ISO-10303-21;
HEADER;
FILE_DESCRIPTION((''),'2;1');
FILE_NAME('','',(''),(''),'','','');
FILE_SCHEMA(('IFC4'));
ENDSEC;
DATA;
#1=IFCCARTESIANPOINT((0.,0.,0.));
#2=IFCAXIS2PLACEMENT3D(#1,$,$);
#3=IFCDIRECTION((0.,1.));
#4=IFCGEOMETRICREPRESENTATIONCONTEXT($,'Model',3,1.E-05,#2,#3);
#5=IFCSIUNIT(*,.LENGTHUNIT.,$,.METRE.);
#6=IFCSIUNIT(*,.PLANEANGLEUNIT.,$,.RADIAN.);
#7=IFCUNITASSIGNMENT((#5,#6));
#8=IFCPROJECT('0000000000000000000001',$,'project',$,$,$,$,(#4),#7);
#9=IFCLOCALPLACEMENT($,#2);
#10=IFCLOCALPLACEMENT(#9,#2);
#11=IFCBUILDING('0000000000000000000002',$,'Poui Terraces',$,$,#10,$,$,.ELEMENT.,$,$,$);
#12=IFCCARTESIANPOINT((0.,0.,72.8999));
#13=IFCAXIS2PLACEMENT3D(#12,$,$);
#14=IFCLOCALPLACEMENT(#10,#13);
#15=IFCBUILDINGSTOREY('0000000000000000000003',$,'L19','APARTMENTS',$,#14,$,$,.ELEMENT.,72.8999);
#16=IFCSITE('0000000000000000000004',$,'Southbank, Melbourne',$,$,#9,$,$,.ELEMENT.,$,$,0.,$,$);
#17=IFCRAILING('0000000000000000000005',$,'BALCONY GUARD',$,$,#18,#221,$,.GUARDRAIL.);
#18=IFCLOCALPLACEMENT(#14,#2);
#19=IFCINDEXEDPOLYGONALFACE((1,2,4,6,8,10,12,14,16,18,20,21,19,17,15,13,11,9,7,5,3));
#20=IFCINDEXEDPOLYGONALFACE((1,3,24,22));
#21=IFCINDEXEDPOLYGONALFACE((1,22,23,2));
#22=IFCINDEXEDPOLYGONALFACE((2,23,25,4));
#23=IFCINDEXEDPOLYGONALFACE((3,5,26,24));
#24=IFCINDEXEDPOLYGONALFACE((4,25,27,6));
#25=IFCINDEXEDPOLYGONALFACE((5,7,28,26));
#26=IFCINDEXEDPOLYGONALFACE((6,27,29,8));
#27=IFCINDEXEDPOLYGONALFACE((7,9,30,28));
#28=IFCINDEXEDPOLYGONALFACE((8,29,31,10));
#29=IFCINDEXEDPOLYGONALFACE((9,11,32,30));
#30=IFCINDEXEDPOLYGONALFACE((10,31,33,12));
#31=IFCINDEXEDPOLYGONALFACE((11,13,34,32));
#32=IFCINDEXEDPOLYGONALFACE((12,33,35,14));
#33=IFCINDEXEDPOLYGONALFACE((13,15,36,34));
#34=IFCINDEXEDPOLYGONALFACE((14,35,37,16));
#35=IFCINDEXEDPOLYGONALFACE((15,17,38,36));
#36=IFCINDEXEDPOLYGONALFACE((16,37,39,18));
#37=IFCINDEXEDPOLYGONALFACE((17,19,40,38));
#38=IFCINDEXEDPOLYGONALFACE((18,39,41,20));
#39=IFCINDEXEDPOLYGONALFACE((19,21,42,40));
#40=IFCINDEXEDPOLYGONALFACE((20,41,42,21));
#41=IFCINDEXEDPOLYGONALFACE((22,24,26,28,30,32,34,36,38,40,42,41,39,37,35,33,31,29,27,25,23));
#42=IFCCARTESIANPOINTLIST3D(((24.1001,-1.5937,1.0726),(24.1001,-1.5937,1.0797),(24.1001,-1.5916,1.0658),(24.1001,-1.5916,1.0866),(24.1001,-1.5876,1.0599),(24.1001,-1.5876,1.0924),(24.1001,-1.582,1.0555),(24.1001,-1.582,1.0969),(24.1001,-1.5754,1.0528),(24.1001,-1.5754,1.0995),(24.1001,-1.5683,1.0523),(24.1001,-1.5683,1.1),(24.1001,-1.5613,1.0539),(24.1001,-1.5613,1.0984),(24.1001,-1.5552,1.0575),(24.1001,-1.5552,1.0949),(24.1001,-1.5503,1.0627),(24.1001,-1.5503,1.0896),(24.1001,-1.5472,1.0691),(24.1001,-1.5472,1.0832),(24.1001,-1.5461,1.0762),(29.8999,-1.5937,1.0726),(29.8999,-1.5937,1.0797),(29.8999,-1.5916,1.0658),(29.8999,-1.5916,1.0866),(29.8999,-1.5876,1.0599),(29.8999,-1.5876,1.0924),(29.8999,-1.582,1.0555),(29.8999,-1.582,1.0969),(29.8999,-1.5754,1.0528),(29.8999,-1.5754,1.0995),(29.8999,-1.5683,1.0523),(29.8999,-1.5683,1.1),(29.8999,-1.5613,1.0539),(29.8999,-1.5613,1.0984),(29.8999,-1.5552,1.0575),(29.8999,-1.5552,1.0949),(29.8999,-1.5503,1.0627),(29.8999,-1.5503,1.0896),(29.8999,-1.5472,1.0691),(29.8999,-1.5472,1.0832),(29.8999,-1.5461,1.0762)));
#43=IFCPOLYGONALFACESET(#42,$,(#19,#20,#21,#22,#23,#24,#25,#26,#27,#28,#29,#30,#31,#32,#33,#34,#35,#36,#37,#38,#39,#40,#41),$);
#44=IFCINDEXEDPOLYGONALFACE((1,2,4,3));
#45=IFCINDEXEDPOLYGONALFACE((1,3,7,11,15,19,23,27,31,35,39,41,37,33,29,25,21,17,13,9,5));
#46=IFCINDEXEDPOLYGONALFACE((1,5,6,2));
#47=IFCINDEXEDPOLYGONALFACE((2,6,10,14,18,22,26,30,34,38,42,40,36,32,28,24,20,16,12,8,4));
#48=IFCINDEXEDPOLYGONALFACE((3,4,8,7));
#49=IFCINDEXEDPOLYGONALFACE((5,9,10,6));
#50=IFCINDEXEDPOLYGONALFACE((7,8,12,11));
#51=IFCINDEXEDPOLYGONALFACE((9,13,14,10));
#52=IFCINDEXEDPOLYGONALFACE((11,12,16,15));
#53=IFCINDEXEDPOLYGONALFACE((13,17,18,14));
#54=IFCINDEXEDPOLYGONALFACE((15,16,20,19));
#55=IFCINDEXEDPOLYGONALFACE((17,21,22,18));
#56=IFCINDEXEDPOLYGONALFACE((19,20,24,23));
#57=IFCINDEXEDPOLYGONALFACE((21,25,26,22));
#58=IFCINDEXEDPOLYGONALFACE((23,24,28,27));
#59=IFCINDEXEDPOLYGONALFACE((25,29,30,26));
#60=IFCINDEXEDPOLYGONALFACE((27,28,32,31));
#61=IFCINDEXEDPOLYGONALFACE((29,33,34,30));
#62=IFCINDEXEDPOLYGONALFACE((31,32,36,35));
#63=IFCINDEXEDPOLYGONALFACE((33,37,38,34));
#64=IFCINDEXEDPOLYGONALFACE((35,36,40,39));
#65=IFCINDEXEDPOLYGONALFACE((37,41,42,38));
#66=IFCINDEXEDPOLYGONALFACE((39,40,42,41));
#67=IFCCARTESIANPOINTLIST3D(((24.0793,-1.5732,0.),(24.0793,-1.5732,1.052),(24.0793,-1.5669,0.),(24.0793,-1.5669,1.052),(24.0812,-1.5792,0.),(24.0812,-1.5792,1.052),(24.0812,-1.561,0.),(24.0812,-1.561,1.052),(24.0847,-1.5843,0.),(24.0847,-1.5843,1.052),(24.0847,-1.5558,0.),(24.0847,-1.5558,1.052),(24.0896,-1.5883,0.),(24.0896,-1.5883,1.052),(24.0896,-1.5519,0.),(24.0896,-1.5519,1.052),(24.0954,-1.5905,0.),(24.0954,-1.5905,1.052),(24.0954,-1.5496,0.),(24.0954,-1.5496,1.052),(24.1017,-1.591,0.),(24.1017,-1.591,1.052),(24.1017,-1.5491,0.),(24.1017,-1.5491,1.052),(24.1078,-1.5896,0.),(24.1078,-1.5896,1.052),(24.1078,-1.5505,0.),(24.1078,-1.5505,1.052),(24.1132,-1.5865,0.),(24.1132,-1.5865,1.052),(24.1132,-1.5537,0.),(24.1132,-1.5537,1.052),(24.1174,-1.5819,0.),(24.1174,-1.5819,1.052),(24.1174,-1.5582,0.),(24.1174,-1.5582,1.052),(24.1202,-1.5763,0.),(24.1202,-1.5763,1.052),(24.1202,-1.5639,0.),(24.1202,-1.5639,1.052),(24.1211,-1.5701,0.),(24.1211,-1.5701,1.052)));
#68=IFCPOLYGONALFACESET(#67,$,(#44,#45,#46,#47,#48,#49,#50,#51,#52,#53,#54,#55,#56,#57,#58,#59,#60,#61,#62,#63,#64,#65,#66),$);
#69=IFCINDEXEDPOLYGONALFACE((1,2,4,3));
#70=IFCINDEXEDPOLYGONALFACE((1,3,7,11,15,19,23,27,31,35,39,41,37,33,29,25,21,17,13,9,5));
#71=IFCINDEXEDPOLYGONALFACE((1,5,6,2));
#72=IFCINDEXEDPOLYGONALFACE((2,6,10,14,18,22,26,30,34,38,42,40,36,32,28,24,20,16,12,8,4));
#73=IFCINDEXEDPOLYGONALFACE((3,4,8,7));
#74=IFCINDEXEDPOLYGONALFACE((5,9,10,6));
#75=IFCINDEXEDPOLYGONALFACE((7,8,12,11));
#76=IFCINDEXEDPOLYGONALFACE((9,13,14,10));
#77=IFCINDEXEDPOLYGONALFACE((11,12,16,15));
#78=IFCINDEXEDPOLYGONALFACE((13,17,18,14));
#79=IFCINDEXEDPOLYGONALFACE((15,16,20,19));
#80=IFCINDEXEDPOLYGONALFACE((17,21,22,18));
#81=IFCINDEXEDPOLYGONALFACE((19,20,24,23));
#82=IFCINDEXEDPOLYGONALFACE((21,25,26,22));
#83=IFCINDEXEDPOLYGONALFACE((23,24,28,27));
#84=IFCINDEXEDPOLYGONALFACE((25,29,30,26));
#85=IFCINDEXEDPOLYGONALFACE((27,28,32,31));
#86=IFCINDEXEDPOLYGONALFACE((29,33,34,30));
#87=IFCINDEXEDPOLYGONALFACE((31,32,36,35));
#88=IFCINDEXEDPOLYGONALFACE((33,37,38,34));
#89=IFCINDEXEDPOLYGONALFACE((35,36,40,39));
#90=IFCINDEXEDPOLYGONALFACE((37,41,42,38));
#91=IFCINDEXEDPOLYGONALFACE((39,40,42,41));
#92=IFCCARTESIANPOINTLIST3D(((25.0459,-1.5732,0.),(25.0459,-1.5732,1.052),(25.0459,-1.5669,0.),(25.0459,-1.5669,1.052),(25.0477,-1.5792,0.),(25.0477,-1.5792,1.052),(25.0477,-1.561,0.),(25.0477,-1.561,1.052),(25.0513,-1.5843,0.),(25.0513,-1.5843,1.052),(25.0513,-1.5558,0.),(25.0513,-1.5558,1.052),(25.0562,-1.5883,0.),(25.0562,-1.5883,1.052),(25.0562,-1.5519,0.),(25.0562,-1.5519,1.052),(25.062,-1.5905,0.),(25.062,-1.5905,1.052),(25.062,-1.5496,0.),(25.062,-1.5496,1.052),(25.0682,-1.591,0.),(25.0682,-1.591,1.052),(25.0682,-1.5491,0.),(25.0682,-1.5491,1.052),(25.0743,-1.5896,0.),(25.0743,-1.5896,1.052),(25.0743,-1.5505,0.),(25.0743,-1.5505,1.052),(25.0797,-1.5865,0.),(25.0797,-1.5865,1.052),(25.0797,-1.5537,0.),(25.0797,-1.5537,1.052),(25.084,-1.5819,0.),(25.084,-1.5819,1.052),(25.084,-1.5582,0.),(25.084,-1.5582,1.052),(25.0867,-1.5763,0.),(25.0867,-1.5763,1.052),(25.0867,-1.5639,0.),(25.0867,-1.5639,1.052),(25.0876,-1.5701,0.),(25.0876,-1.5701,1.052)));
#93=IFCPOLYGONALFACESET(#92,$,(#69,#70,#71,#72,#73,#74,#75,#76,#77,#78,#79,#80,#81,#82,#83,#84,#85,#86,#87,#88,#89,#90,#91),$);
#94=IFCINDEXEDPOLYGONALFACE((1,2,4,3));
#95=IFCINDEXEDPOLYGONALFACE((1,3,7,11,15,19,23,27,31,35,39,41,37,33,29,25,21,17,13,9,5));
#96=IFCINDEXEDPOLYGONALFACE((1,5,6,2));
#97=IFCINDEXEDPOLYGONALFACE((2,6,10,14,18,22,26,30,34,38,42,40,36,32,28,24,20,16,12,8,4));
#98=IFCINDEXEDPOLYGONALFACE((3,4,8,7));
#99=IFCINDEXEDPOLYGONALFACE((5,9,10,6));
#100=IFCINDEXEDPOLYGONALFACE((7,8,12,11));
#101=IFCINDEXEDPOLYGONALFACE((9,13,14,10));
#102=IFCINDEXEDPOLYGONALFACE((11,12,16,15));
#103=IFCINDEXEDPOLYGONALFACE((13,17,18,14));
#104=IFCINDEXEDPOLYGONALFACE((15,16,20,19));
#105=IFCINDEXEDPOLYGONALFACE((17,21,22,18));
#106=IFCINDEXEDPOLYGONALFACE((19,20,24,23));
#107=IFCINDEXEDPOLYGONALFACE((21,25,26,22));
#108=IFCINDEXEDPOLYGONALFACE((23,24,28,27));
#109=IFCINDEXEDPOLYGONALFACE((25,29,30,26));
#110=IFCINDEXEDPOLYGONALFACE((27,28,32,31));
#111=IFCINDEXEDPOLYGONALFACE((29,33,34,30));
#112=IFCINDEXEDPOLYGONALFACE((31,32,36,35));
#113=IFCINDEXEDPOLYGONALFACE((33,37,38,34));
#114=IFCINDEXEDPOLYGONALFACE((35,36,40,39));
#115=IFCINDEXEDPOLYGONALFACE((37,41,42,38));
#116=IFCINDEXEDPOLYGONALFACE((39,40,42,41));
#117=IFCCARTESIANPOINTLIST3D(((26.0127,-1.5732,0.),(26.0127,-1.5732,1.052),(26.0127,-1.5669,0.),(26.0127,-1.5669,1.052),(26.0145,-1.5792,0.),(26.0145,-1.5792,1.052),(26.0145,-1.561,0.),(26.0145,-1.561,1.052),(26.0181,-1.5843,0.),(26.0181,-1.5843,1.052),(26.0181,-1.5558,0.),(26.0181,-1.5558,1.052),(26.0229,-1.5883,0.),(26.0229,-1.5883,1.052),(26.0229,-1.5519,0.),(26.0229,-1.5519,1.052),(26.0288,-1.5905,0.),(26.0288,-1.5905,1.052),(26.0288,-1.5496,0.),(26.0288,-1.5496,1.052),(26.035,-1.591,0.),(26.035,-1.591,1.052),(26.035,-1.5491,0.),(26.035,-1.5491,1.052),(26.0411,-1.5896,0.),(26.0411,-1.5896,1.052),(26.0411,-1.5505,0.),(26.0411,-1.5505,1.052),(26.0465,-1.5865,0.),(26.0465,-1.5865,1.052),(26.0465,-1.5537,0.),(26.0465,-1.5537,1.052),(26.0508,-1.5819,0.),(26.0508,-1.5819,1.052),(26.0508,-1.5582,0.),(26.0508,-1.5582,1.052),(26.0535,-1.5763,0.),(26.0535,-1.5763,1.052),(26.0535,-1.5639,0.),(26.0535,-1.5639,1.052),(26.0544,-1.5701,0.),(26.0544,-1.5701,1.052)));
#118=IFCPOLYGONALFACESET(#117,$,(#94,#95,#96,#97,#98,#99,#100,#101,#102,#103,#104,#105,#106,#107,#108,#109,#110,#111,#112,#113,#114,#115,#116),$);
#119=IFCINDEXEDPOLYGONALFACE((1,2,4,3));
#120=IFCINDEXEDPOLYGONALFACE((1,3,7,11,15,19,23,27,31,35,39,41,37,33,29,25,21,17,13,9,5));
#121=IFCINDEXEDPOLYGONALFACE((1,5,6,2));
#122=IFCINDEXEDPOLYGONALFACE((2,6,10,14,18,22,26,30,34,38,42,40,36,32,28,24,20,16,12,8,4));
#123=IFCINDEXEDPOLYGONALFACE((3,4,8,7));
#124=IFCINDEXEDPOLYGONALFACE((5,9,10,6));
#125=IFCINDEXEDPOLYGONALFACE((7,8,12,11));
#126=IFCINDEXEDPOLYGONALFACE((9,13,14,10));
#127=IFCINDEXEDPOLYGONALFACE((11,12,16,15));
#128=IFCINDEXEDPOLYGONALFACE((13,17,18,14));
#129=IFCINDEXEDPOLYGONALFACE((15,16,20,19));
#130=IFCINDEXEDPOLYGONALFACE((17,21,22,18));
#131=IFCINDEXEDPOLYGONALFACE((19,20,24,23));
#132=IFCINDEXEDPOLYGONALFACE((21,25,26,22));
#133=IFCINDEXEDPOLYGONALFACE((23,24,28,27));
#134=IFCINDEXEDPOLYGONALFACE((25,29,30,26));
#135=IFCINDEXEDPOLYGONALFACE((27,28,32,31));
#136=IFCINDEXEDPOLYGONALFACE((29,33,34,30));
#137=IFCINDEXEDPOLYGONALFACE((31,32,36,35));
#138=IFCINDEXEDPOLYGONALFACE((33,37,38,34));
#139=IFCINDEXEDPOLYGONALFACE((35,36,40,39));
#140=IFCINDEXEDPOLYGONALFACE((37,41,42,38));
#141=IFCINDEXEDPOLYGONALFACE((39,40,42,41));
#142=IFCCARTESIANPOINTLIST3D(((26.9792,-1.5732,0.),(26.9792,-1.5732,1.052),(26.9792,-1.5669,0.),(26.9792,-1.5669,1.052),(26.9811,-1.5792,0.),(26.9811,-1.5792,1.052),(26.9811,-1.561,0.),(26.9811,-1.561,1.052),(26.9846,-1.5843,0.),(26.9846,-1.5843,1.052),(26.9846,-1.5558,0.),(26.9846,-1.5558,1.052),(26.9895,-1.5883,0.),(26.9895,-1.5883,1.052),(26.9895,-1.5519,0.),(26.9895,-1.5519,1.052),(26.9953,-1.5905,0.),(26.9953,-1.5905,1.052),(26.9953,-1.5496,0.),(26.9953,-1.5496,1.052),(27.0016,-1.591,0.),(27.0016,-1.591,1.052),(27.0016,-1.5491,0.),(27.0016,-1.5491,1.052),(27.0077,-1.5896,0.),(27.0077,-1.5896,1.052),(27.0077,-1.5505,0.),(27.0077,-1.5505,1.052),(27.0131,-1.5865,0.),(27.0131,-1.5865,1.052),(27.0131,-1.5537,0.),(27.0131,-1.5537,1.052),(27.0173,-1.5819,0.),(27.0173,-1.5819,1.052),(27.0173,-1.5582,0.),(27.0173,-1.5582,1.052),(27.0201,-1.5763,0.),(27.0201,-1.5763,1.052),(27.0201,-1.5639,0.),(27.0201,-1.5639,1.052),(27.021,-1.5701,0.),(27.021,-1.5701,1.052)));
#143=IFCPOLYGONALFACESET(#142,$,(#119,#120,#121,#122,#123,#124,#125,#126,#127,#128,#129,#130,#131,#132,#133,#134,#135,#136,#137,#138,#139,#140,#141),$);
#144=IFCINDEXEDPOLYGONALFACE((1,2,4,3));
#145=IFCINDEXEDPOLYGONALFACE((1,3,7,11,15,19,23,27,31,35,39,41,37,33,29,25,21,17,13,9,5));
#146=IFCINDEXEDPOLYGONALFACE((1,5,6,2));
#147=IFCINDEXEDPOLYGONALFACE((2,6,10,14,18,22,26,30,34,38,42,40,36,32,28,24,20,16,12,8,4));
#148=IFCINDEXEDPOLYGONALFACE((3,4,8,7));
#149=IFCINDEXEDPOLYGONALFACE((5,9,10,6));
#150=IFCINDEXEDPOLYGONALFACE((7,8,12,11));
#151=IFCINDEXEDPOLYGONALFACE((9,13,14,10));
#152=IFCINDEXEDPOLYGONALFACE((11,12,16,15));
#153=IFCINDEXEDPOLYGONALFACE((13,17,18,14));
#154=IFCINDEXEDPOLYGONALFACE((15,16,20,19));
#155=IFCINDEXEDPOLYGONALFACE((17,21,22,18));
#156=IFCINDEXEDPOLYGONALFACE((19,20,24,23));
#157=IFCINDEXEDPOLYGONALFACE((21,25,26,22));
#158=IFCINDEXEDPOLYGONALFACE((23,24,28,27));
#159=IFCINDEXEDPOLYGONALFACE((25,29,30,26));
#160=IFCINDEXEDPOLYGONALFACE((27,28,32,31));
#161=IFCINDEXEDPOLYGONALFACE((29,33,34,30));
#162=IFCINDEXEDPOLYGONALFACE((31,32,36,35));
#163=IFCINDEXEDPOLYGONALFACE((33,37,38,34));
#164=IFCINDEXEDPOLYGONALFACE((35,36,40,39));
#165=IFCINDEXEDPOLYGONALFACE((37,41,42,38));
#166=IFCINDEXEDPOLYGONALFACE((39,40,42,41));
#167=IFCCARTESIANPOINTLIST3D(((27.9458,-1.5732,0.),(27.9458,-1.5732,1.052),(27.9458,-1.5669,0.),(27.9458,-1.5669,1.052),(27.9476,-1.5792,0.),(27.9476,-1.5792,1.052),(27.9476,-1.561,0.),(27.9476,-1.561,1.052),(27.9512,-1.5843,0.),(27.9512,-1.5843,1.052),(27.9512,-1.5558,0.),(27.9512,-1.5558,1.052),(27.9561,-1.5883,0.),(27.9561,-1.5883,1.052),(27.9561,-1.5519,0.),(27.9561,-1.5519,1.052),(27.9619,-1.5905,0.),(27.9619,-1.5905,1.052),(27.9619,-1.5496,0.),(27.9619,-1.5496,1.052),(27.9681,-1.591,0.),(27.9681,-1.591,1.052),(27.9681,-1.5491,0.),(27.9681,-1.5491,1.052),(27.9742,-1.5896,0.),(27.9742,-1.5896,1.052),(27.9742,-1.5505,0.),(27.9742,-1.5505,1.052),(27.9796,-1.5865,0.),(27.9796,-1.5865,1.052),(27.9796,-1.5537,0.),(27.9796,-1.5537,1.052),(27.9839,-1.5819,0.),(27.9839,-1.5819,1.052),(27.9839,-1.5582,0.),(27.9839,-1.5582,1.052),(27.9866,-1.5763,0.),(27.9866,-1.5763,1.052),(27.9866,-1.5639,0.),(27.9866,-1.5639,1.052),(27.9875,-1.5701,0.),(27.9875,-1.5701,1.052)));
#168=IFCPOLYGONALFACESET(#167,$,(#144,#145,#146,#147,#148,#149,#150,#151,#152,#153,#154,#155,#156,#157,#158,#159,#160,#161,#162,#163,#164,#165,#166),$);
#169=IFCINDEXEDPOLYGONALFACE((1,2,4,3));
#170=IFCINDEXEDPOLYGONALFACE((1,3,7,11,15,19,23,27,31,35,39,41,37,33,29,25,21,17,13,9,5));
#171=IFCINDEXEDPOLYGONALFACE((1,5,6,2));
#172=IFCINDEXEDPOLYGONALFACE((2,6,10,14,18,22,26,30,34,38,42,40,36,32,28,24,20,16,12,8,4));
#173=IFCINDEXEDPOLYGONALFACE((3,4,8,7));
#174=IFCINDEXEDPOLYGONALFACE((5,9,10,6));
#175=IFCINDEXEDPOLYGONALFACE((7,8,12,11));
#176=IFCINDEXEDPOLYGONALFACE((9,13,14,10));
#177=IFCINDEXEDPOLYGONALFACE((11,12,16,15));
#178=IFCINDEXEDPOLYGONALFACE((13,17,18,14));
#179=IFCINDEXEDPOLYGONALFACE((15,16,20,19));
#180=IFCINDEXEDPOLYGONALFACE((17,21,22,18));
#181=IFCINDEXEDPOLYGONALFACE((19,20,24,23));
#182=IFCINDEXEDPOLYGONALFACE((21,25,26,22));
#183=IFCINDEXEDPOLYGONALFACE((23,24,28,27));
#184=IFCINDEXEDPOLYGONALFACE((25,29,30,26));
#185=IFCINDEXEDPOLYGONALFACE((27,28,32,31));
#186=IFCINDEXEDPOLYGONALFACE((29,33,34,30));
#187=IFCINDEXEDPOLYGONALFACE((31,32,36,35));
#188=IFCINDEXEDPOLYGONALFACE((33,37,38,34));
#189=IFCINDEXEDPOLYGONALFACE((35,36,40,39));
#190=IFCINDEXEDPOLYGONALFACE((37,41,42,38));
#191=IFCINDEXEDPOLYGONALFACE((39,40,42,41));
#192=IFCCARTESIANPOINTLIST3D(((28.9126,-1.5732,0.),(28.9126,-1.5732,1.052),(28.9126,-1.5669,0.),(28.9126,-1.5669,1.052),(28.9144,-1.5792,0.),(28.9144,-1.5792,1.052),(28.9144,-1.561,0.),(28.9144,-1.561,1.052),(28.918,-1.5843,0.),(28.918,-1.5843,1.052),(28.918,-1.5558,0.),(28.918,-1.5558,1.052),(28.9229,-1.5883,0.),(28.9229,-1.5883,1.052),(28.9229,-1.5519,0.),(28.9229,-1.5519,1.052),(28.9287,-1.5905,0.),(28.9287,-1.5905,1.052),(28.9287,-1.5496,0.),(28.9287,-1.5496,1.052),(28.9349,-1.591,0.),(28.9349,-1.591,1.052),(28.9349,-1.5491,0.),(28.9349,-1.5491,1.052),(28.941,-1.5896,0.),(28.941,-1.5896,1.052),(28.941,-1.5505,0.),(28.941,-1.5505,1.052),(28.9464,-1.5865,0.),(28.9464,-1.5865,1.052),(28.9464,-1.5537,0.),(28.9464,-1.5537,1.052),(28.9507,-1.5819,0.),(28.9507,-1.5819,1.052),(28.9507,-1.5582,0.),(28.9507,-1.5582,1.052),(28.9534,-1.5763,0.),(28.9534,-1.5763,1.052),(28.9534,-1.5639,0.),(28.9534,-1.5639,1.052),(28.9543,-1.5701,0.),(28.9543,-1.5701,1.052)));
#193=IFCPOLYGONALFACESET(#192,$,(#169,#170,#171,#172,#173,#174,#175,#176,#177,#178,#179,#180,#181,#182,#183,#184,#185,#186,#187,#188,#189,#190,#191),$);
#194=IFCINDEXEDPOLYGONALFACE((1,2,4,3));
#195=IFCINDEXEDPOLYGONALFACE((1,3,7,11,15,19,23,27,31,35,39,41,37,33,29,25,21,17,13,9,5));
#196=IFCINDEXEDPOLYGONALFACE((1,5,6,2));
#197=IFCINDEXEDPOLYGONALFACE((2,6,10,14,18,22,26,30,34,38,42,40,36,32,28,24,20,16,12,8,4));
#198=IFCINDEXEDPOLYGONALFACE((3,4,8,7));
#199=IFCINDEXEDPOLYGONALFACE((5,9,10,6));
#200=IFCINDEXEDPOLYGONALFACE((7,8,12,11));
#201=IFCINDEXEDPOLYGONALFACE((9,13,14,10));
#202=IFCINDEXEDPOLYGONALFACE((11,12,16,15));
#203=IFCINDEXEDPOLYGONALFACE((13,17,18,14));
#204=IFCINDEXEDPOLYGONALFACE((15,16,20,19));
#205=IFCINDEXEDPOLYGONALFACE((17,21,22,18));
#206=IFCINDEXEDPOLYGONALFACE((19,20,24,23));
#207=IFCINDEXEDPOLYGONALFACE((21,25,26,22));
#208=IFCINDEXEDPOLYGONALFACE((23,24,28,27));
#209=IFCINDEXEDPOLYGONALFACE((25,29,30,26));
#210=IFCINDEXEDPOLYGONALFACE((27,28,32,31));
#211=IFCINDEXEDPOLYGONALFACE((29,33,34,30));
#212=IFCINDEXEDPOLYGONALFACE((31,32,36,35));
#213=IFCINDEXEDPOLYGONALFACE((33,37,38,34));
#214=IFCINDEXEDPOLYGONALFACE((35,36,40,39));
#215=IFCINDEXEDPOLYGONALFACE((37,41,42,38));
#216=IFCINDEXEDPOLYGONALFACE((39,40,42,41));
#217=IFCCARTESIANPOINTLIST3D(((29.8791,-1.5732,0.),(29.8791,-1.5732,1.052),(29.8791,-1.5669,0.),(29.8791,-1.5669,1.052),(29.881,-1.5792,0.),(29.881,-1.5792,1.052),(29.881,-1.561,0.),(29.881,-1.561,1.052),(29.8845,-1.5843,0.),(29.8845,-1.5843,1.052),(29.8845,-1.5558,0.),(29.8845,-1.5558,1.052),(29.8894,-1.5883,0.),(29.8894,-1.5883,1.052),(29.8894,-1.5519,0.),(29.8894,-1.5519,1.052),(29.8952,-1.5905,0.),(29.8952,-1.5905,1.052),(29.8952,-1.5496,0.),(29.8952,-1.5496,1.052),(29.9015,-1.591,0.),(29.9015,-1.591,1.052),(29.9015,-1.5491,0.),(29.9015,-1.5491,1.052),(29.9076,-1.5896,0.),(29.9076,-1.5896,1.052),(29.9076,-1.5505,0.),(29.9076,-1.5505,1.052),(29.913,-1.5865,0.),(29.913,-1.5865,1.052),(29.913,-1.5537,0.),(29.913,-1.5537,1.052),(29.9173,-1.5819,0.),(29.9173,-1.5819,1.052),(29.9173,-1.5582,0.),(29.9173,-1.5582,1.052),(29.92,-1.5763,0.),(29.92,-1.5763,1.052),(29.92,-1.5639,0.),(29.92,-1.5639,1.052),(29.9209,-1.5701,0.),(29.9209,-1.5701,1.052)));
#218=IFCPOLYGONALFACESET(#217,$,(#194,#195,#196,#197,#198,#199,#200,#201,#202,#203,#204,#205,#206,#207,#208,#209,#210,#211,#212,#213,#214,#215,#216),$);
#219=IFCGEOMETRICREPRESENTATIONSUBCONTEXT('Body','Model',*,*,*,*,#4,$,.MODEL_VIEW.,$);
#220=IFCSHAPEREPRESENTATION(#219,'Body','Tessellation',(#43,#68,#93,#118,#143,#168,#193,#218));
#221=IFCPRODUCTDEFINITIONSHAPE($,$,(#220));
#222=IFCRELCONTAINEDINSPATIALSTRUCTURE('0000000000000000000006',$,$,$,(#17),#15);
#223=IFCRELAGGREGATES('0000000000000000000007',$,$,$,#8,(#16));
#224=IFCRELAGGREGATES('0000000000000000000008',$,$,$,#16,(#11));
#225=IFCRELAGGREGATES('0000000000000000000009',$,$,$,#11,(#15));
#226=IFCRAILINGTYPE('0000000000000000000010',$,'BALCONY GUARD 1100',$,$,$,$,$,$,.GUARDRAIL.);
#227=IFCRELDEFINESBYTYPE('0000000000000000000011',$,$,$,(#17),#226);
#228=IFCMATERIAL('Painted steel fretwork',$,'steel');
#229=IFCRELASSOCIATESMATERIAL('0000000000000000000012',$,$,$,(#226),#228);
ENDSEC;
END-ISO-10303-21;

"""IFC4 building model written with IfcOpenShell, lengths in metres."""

from ifc_helpers import new_model, si_unit, direction, frame, origin, origin_2d, place, context, subcontext, project, spatial, circle, extrude, material, type_object, element, save


model = new_model("IFC4")

# Units and contexts
model_context = context("Model", 3, precision=1e-05, world=origin(), true_north=direction((0.0, 1.0)))
body_context = subcontext(model_context, "Body", "Model", "MODEL_VIEW")
ifc_project = project(units=[si_unit("LENGTHUNIT", "METRE"), si_unit("PLANEANGLEUNIT", "RADIAN")], contexts=[model_context])

# Site, building, storey
site_placement = place(None, origin())
site = spatial("IfcSite", under=ifc_project, at=site_placement, Name="Southbank, Melbourne", CompositionType="ELEMENT", RefElevation=0.0)
building_placement = place(site_placement, origin())
building = spatial("IfcBuilding", under=site, at=building_placement, Name="Poui Terraces", CompositionType="ELEMENT")
storey_placement = place(building_placement, frame((0.0, 0.0, 72.8999)))
storey = spatial("IfcBuildingStorey", under=building, at=storey_placement, Name="L19", Description="APARTMENTS", CompositionType="ELEMENT", Elevation=72.8999)

# Railing
ifc_material_1 = material(Name="Painted steel fretwork", Category="steel")
railing_type = type_object("IfcRailingType", Name="BALCONY GUARD 1100", PredefinedType="GUARDRAIL", material=ifc_material_1)
railing_placement = place(storey_placement, frame((24.1001, -1.5701, 0.0)))
element("IfcRailing", 1, at=railing_placement, inside=storey, type_object=railing_type, Name="BALCONY GUARD", PredefinedType="GUARDRAIL", context=body_context, shape_type="SweptSolid", body=[
    extrude(circle(Radius=0.0239, at=origin_2d()), frame((0.0, 0.0, 1.0762), z_axis=(1.0, 0.0, 0.0), x_axis=(0.0, 1.0, 0.0)), (0.0, 0.0, 1.0), 5.7998),
    extrude(circle(Radius=0.021, at=origin_2d()), origin(), (0.0, 0.0, 1.0), 1.052),
    extrude(circle(Radius=0.021, at=origin_2d()), frame((0.9666, 0.0, 0.0)), (0.0, 0.0, 1.0), 1.052),
    extrude(circle(Radius=0.021, at=origin_2d()), frame((1.9333, 0.0, 0.0)), (0.0, 0.0, 1.0), 1.052),
    extrude(circle(Radius=0.021, at=origin_2d()), frame((2.8999, 0.0, 0.0)), (0.0, 0.0, 1.0), 1.052),
    extrude(circle(Radius=0.021, at=origin_2d()), frame((3.8665, 0.0, 0.0)), (0.0, 0.0, 1.0), 1.052),
    extrude(circle(Radius=0.021, at=origin_2d()), frame((4.8333, 0.0, 0.0)), (0.0, 0.0, 1.0), 1.052),
    extrude(circle(Radius=0.021, at=origin_2d()), frame((5.7998, 0.0, 0.0)), (0.0, 0.0, 1.0), 1.052),
])

save(model, "model.ifc")
